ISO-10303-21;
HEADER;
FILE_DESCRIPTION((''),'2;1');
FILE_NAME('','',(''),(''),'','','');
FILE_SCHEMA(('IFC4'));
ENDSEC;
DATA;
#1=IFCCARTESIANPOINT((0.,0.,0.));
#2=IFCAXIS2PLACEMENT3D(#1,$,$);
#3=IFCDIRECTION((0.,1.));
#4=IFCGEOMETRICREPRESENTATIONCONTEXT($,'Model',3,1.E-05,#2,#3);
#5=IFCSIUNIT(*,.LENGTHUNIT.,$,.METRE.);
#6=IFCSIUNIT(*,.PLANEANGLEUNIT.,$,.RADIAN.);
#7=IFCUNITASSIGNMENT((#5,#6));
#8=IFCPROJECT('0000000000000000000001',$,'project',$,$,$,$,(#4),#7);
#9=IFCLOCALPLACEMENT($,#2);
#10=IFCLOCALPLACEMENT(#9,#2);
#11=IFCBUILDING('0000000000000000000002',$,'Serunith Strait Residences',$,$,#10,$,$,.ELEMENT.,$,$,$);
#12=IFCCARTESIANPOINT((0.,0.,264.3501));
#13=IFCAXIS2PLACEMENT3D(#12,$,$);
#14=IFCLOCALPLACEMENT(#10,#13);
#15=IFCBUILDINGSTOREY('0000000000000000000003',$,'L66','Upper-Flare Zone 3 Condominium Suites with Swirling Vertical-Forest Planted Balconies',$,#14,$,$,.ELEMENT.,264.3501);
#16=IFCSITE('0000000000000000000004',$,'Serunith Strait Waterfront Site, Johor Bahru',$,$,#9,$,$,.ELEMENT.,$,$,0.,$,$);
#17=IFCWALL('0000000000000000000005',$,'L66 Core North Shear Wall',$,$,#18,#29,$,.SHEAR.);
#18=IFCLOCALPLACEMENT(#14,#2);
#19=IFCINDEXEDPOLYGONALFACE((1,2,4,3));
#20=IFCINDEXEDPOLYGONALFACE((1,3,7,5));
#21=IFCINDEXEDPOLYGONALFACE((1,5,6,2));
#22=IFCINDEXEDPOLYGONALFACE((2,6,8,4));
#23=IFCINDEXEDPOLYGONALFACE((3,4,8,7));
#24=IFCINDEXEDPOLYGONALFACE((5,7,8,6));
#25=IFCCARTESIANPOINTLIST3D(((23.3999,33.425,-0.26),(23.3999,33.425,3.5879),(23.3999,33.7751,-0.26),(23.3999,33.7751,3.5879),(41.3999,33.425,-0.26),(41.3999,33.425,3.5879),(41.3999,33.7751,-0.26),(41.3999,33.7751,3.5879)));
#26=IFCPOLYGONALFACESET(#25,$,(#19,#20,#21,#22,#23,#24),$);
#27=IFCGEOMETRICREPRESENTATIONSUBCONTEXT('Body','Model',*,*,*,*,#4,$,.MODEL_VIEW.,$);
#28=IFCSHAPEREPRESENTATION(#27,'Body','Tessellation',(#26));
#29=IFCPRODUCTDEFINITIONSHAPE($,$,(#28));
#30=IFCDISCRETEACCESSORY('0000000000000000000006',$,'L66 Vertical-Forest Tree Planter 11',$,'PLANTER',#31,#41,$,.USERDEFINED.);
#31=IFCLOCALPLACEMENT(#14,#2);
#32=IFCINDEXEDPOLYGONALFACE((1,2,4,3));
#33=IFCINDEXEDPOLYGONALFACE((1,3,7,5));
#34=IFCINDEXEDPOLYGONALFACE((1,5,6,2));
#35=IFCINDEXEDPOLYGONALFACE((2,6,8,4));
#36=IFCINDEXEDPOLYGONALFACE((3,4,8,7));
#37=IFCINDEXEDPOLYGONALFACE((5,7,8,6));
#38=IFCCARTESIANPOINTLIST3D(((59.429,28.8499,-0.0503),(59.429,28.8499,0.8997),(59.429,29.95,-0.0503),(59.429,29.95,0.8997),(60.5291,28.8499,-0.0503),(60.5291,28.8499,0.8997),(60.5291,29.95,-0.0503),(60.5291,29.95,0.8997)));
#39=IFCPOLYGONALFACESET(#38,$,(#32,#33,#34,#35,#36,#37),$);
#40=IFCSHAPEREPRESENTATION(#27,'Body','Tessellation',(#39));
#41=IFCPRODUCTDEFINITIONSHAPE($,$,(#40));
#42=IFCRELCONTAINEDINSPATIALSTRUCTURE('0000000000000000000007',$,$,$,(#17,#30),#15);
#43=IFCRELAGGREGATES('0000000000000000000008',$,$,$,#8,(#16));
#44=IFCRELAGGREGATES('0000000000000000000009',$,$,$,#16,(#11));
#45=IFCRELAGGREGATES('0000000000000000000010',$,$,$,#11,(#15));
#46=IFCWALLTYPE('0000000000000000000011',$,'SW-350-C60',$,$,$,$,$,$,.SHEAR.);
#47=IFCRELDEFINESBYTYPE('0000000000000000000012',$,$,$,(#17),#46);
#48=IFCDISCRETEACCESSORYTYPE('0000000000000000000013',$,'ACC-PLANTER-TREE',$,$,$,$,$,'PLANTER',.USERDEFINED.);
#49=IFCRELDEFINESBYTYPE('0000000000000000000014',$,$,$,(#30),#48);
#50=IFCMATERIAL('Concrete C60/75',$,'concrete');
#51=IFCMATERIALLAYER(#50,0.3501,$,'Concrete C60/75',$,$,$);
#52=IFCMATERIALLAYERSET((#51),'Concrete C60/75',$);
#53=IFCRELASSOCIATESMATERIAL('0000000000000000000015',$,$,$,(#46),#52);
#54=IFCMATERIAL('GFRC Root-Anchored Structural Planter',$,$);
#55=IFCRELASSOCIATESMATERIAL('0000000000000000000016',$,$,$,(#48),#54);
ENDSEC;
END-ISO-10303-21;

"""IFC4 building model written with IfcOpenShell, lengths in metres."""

from ifc_helpers import new_model, si_unit, direction, frame, frame_2d, origin, origin_2d, place, context, subcontext, project, spatial, rectangle, extrude, source, transform, mapped, material, layer, layer_set, type_object, element, save


model = new_model("IFC4")

# Units and contexts
model_context = context("Model", 3, precision=1e-05, world=origin(), true_north=direction((0.0, 1.0)))
body_context = subcontext(model_context, "Body", "Model", "MODEL_VIEW")
ifc_project = project(units=[si_unit("LENGTHUNIT", "METRE"), si_unit("PLANEANGLEUNIT", "RADIAN")], contexts=[model_context])

# Site, building, storey
site_placement = place(None, origin())
site = spatial("IfcSite", under=ifc_project, at=site_placement, Name="Serunith Strait Waterfront Site, Johor Bahru", CompositionType="ELEMENT", RefElevation=0.0)
building_placement = place(site_placement, origin())
building = spatial("IfcBuilding", under=site, at=building_placement, Name="Serunith Strait Residences", CompositionType="ELEMENT")
storey_placement = place(building_placement, frame((0.0, 0.0, 264.3501)))
storey = spatial("IfcBuildingStorey", under=building, at=storey_placement, Name="L66", Description="Upper-Flare Zone 3 Condominium Suites with Swirling Vertical-Forest Planted Balconies", CompositionType="ELEMENT", Elevation=264.3501)

# Wall
ifc_material_1 = material(Name="Concrete C60/75", Category="concrete")
ifc_layer_1 = layer(ifc_material_1, 0.3501, Name="Concrete C60/75")
ifc_layer_set_1 = layer_set([ifc_layer_1], Name="Concrete C60/75")
wall_type_1 = type_object("IfcWallType", Name="SW-350-C60", PredefinedType="SHEAR", material=ifc_layer_set_1)
wall_1_placement = place(storey_placement, frame((41.3999, 33.6001, -0.26), z_axis=(0.0, 0.0, 1.0), x_axis=(-1.0, 0.0, 0.0)))
element("IfcWall", 1, at=wall_1_placement, inside=storey, type_object=wall_type_1, Name="L66 Core North Shear Wall", PredefinedType="SHEAR", context=body_context, shape_type="SweptSolid", body=[
    extrude(rectangle(XDim=18.0, YDim=0.3501, at=frame_2d((9.0, 0.0))), origin(), (0.0, 0.0, 1.0), 3.8479),
])

# Discrete accessory
ifc_material_2 = material(Name="GFRC Root-Anchored Structural Planter")
discrete_accessory_type = type_object("IfcDiscreteAccessoryType", Name="ACC-PLANTER-TREE", ElementType="PLANTER", PredefinedType="USERDEFINED", material=ifc_material_2)
shared_shape_1 = source(origin(), body_context, "Body", "SweptSolid", [
    extrude(rectangle(XDim=1.1001, YDim=1.1001, at=origin_2d()), origin(), (0.0, 0.0, 1.0), 0.95),
])
discrete_accessory_placement = place(storey_placement, frame((59.979, 29.3999, -0.0503), z_axis=(0.0, 0.0, 1.0), x_axis=(0.0, 1.0, 0.0)))
element("IfcDiscreteAccessory", 2, at=discrete_accessory_placement, inside=storey, type_object=discrete_accessory_type, Name="L66 Vertical-Forest Tree Planter 11", ObjectType="PLANTER", PredefinedType="USERDEFINED", context=body_context, shape_type="MappedRepresentation", body=[
    mapped(shared_shape_1, transform((0.0, 0.0, 0.0), scale=1.0)),
])

save(model, "model.ifc")
